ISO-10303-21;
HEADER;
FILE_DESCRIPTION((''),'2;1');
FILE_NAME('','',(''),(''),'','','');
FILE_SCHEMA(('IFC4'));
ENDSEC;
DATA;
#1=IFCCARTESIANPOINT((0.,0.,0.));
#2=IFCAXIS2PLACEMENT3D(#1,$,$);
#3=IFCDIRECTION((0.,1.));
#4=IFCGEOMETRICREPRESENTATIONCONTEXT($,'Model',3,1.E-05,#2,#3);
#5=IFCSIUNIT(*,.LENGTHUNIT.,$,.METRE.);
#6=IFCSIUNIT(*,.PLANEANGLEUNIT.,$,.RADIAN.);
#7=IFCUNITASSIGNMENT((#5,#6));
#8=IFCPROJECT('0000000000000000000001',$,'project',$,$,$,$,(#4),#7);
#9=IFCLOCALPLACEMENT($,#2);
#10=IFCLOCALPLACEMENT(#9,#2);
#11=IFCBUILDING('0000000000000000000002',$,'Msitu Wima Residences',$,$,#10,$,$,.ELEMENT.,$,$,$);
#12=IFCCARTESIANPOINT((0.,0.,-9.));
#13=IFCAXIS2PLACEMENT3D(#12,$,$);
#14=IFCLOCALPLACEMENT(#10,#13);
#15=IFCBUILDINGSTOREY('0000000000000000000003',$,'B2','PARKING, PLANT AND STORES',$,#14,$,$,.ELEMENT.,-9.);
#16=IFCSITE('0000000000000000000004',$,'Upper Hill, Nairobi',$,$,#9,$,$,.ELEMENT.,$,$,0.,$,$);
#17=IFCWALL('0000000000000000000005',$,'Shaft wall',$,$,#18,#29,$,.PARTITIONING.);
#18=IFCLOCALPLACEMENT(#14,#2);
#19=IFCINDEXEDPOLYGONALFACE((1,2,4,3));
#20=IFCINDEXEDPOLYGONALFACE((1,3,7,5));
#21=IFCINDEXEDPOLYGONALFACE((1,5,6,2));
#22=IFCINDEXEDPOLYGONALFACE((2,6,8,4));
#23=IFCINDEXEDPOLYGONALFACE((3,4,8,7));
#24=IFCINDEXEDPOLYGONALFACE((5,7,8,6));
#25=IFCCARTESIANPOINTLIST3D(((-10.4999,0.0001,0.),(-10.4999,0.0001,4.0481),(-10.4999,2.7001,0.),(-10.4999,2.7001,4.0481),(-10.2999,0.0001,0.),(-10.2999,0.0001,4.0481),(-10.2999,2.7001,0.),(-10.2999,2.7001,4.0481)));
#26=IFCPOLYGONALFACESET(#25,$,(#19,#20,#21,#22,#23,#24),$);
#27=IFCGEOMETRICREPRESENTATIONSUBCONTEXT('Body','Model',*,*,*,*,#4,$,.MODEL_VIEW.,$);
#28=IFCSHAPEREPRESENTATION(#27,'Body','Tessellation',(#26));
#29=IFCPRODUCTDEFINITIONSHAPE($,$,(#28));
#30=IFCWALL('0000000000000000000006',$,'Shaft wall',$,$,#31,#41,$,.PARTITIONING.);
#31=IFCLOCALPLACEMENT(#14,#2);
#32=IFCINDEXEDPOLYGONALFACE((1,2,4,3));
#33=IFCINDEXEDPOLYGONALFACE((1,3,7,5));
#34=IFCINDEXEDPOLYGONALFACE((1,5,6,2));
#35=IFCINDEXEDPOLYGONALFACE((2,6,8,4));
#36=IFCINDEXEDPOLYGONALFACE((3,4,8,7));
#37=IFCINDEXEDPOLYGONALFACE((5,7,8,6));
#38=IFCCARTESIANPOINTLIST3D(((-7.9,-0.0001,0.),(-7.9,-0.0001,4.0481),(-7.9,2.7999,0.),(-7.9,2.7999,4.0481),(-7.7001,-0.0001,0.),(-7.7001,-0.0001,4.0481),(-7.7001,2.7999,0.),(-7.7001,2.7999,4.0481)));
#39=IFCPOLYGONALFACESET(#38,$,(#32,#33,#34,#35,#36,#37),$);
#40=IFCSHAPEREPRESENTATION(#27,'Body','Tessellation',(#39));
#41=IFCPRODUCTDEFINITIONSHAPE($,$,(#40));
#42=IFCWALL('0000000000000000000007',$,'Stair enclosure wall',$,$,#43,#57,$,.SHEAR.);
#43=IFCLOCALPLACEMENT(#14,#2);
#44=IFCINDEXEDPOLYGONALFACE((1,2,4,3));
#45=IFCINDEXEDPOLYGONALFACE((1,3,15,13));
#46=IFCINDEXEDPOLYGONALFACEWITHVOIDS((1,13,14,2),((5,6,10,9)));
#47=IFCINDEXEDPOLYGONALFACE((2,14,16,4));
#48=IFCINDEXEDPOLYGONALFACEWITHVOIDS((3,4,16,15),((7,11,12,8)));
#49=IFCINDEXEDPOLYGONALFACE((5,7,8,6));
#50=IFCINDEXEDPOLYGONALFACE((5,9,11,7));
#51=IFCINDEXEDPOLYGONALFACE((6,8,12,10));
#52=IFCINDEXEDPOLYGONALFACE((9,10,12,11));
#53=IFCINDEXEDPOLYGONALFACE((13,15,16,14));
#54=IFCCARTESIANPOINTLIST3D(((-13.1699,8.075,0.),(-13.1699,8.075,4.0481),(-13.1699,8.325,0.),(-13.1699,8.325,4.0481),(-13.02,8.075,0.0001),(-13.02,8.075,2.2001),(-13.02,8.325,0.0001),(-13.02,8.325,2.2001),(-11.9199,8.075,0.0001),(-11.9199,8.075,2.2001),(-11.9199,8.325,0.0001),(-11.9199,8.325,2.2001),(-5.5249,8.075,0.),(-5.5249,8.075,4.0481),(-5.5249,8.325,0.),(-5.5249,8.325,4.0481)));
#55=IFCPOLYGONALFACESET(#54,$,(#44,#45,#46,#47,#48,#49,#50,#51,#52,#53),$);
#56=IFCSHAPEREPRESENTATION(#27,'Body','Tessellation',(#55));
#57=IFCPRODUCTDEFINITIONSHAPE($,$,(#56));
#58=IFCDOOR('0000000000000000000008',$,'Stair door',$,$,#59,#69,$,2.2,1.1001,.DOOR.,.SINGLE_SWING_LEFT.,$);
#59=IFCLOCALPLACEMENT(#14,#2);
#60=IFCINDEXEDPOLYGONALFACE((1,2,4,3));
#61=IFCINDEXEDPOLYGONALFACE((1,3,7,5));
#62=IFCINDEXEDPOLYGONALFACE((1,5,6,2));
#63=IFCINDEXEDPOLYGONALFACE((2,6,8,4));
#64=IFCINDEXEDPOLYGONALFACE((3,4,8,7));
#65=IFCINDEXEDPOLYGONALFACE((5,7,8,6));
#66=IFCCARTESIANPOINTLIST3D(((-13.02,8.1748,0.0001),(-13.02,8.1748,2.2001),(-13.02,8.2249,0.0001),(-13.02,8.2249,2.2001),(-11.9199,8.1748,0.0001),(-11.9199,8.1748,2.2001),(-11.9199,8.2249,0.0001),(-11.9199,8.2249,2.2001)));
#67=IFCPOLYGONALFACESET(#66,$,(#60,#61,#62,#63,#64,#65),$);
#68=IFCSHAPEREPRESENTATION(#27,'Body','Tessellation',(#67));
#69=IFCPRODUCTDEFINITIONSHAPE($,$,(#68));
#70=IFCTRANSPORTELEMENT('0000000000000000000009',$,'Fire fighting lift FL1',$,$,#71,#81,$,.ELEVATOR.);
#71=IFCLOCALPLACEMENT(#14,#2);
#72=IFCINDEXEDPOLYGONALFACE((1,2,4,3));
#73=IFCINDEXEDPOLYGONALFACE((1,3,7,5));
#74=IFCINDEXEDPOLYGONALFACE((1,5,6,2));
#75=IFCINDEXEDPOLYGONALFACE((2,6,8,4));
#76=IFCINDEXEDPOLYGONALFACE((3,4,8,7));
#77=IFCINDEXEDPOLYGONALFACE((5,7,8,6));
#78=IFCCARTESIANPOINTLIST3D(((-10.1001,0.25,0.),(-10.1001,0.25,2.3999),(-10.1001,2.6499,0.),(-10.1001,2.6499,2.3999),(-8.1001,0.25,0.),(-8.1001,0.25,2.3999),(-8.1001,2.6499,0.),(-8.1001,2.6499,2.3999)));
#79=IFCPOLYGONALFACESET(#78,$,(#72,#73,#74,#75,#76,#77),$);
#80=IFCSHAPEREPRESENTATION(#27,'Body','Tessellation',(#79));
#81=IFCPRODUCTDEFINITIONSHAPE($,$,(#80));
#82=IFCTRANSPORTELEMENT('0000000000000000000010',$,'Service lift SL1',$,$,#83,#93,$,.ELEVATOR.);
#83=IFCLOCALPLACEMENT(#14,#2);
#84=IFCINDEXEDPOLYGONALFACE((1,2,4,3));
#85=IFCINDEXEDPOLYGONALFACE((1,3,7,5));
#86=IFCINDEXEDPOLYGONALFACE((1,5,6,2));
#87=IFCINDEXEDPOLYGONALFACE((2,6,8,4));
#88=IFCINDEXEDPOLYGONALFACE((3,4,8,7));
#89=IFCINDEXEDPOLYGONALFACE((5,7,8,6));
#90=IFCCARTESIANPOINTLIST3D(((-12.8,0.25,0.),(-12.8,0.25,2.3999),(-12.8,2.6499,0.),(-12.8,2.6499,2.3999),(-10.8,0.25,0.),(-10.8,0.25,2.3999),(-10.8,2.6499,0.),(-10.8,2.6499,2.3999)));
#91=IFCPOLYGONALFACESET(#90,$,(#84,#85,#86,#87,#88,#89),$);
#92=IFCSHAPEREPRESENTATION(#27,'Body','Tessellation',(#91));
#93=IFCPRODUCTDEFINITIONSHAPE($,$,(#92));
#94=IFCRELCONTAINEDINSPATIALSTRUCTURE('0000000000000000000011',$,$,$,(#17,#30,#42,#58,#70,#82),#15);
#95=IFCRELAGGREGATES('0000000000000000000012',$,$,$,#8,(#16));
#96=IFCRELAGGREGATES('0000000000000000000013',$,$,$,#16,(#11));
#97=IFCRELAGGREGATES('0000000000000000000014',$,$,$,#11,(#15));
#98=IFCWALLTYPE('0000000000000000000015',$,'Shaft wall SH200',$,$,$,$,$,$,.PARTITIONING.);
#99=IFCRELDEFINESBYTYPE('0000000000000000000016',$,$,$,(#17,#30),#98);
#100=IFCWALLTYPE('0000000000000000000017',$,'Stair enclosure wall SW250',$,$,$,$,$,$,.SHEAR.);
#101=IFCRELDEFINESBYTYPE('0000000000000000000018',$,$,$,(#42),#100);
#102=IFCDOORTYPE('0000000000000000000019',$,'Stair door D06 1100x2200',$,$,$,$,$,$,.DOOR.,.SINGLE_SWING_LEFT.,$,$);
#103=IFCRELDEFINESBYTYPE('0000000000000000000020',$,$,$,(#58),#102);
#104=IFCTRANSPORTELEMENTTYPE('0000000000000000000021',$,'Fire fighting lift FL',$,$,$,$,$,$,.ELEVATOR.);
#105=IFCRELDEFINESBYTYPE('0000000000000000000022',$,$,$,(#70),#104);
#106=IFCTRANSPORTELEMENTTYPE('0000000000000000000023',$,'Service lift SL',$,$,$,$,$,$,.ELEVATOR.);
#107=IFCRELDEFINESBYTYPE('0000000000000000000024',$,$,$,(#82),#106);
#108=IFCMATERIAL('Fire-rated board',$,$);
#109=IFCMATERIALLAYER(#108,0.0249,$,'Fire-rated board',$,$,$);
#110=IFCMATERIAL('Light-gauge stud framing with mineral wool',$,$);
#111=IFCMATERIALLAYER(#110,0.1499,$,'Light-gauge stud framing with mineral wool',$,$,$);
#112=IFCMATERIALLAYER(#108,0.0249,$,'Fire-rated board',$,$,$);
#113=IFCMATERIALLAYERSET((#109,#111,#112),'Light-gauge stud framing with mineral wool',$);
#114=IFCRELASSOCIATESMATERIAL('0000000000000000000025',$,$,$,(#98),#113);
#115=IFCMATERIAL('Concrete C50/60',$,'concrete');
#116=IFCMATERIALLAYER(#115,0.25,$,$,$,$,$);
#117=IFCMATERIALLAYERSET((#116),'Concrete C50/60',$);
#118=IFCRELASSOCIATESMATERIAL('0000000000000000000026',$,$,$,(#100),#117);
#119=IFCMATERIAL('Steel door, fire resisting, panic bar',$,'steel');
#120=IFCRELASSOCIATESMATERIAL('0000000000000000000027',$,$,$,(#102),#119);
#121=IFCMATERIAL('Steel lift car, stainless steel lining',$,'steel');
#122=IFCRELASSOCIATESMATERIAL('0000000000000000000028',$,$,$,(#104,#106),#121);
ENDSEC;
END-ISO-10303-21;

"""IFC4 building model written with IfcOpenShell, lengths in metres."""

from ifc_helpers import new_model, si_unit, direction, frame, frame_2d, origin, origin_2d, place, context, subcontext, project, spatial, rectangle, extrude, material, layer, layer_set, type_object, element, fill, save


model = new_model("IFC4")

# Units and contexts
model_context = context("Model", 3, precision=1e-05, world=origin(), true_north=direction((0.0, 1.0)))
body_context = subcontext(model_context, "Body", "Model", "MODEL_VIEW")
ifc_project = project(units=[si_unit("LENGTHUNIT", "METRE"), si_unit("PLANEANGLEUNIT", "RADIAN")], contexts=[model_context])

# Site, building, storey
site_placement = place(None, origin())
site = spatial("IfcSite", under=ifc_project, at=site_placement, Name="Upper Hill, Nairobi", CompositionType="ELEMENT", RefElevation=0.0)
building_placement = place(site_placement, origin())
building = spatial("IfcBuilding", under=site, at=building_placement, Name="Msitu Wima Residences", CompositionType="ELEMENT")
storey_placement = place(building_placement, frame((0.0, 0.0, -9.0)))
storey = spatial("IfcBuildingStorey", under=building, at=storey_placement, Name="B2", Description="PARKING, PLANT AND STORES", CompositionType="ELEMENT", Elevation=-9.0)

# Shared definitions
ifc_material_1 = material(Name="Fire-rated board")
ifc_layer_1 = layer(ifc_material_1, 0.0249, Name="Fire-rated board")
ifc_material_2 = material(Name="Light-gauge stud framing with mineral wool")
ifc_layer_2 = layer(ifc_material_2, 0.1499, Name="Light-gauge stud framing with mineral wool")
ifc_layer_3 = layer(ifc_material_1, 0.0249, Name="Fire-rated board")
ifc_layer_set_1 = layer_set([ifc_layer_1, ifc_layer_2, ifc_layer_3], Name="Light-gauge stud framing with mineral wool")
wall_type_1 = type_object("IfcWallType", Name="Shaft wall SH200", PredefinedType="PARTITIONING", material=ifc_layer_set_1)

# Walls
wall_1_placement = place(storey_placement, frame((-10.3999, 0.0, 0.0), z_axis=(0.0, 0.0, 1.0), x_axis=(0.0, 1.0, 0.0)))
element("IfcWall", 1, at=wall_1_placement, inside=storey, type_object=wall_type_1, Name="Shaft wall", PredefinedType="PARTITIONING", context=body_context, shape_type="SweptSolid", body=[
    extrude(rectangle(XDim=2.7, YDim=0.2, at=frame_2d((1.3501, 0.0))), origin(), (0.0, 0.0, 1.0), 4.0481),
])
wall_2_placement = place(storey_placement, frame((-7.8, 0.0, 0.0), z_axis=(0.0, 0.0, 1.0), x_axis=(0.0, 1.0, 0.0)))
element("IfcWall", 2, at=wall_2_placement, inside=storey, type_object=wall_type_1, Name="Shaft wall", PredefinedType="PARTITIONING", context=body_context, shape_type="SweptSolid", body=[
    extrude(rectangle(XDim=2.8, YDim=0.2, at=frame_2d((1.3999, 0.0))), origin(), (0.0, 0.0, 1.0), 4.0481),
])

# Wall, opening, door
ifc_material_3 = material(Name="Concrete C50/60", Category="concrete")
ifc_layer_4 = layer(ifc_material_3, 0.25)
ifc_layer_set_2 = layer_set([ifc_layer_4], Name="Concrete C50/60")
wall_type_2 = type_object("IfcWallType", Name="Stair enclosure wall SW250", PredefinedType="SHEAR", material=ifc_layer_set_2)
wall_3_placement = place(storey_placement, frame((-13.1699, 8.2, 0.0), z_axis=(0.0, 0.0, 1.0), x_axis=(1.0, 0.0, 0.0)))
wall_3 = element("IfcWall", 3, at=wall_3_placement, inside=storey, type_object=wall_type_2, Name="Stair enclosure wall", PredefinedType="SHEAR", context=body_context, shape_type="SweptSolid", body=[
    extrude(rectangle(XDim=7.645, YDim=0.25, at=frame_2d((3.8225, 0.0))), origin(), (0.0, 0.0, 1.0), 4.0481),
])
opening_1_placement = place(wall_3_placement, frame((0.1499, 0.0, 0.0)))
opening_1 = element("IfcOpeningElement", 4, at=opening_1_placement, cuts=wall_3, PredefinedType="OPENING", context=body_context, shape_type="SweptSolid", body=[
    extrude(rectangle(XDim=1.1001, YDim=2.2, at=frame_2d((0.55, 1.1001))), frame((0.0, 0.135, 0.0), z_axis=(0.0, -1.0, 0.0), x_axis=(1.0, 0.0, 0.0)), (0.0, 0.0, 1.0), 0.27),
])
ifc_material_4 = material(Name="Steel door, fire resisting, panic bar", Category="steel")
door_type_1 = type_object("IfcDoorType", Name="Stair door D06 1100x2200", OperationType="SINGLE_SWING_LEFT", PredefinedType="DOOR", material=ifc_material_4)
door_1_placement = place(opening_1_placement, origin())
door_1 = element("IfcDoor", 5, at=door_1_placement, inside=storey, type_object=door_type_1, Name="Stair door", OperationType="SINGLE_SWING_LEFT", OverallHeight=2.2, OverallWidth=1.1001, PredefinedType="DOOR", context=body_context, shape_type="SweptSolid", body=[
    extrude(rectangle(XDim=1.1001, YDim=2.2, at=frame_2d((0.55, 1.1001))), frame((0.0, 0.0249, 0.0), z_axis=(0.0, -1.0, 0.0), x_axis=(1.0, 0.0, 0.0)), (0.0, 0.0, 1.0), 0.05),
])
fill(opening_1, door_1)

# Transport elements
ifc_material_5 = material(Name="Steel lift car, stainless steel lining", Category="steel")
transport_element_type_1 = type_object("IfcTransportElementType", Name="Fire fighting lift FL", PredefinedType="ELEVATOR", material=ifc_material_5)
transport_element_1_placement = place(storey_placement, frame((-9.1001, 1.45, 0.0), z_axis=(0.0, 0.0, 1.0), x_axis=(1.0, 0.0, 0.0)))
element("IfcTransportElement", 6, at=transport_element_1_placement, inside=storey, type_object=transport_element_type_1, Name="Fire fighting lift FL1", PredefinedType="ELEVATOR", context=body_context, shape_type="SweptSolid", body=[
    extrude(rectangle(XDim=2.0, YDim=2.3999, at=origin_2d()), origin(), (0.0, 0.0, 1.0), 2.3999),
])
transport_element_type_2 = type_object("IfcTransportElementType", Name="Service lift SL", PredefinedType="ELEVATOR", material=ifc_material_5)
transport_element_2_placement = place(storey_placement, frame((-11.8, 1.45, 0.0), z_axis=(0.0, 0.0, 1.0), x_axis=(1.0, 0.0, 0.0)))
element("IfcTransportElement", 7, at=transport_element_2_placement, inside=storey, type_object=transport_element_type_2, Name="Service lift SL1", PredefinedType="ELEVATOR", context=body_context, shape_type="SweptSolid", body=[
    extrude(rectangle(XDim=2.0, YDim=2.3999, at=origin_2d()), origin(), (0.0, 0.0, 1.0), 2.3999),
])

save(model, "model.ifc")
